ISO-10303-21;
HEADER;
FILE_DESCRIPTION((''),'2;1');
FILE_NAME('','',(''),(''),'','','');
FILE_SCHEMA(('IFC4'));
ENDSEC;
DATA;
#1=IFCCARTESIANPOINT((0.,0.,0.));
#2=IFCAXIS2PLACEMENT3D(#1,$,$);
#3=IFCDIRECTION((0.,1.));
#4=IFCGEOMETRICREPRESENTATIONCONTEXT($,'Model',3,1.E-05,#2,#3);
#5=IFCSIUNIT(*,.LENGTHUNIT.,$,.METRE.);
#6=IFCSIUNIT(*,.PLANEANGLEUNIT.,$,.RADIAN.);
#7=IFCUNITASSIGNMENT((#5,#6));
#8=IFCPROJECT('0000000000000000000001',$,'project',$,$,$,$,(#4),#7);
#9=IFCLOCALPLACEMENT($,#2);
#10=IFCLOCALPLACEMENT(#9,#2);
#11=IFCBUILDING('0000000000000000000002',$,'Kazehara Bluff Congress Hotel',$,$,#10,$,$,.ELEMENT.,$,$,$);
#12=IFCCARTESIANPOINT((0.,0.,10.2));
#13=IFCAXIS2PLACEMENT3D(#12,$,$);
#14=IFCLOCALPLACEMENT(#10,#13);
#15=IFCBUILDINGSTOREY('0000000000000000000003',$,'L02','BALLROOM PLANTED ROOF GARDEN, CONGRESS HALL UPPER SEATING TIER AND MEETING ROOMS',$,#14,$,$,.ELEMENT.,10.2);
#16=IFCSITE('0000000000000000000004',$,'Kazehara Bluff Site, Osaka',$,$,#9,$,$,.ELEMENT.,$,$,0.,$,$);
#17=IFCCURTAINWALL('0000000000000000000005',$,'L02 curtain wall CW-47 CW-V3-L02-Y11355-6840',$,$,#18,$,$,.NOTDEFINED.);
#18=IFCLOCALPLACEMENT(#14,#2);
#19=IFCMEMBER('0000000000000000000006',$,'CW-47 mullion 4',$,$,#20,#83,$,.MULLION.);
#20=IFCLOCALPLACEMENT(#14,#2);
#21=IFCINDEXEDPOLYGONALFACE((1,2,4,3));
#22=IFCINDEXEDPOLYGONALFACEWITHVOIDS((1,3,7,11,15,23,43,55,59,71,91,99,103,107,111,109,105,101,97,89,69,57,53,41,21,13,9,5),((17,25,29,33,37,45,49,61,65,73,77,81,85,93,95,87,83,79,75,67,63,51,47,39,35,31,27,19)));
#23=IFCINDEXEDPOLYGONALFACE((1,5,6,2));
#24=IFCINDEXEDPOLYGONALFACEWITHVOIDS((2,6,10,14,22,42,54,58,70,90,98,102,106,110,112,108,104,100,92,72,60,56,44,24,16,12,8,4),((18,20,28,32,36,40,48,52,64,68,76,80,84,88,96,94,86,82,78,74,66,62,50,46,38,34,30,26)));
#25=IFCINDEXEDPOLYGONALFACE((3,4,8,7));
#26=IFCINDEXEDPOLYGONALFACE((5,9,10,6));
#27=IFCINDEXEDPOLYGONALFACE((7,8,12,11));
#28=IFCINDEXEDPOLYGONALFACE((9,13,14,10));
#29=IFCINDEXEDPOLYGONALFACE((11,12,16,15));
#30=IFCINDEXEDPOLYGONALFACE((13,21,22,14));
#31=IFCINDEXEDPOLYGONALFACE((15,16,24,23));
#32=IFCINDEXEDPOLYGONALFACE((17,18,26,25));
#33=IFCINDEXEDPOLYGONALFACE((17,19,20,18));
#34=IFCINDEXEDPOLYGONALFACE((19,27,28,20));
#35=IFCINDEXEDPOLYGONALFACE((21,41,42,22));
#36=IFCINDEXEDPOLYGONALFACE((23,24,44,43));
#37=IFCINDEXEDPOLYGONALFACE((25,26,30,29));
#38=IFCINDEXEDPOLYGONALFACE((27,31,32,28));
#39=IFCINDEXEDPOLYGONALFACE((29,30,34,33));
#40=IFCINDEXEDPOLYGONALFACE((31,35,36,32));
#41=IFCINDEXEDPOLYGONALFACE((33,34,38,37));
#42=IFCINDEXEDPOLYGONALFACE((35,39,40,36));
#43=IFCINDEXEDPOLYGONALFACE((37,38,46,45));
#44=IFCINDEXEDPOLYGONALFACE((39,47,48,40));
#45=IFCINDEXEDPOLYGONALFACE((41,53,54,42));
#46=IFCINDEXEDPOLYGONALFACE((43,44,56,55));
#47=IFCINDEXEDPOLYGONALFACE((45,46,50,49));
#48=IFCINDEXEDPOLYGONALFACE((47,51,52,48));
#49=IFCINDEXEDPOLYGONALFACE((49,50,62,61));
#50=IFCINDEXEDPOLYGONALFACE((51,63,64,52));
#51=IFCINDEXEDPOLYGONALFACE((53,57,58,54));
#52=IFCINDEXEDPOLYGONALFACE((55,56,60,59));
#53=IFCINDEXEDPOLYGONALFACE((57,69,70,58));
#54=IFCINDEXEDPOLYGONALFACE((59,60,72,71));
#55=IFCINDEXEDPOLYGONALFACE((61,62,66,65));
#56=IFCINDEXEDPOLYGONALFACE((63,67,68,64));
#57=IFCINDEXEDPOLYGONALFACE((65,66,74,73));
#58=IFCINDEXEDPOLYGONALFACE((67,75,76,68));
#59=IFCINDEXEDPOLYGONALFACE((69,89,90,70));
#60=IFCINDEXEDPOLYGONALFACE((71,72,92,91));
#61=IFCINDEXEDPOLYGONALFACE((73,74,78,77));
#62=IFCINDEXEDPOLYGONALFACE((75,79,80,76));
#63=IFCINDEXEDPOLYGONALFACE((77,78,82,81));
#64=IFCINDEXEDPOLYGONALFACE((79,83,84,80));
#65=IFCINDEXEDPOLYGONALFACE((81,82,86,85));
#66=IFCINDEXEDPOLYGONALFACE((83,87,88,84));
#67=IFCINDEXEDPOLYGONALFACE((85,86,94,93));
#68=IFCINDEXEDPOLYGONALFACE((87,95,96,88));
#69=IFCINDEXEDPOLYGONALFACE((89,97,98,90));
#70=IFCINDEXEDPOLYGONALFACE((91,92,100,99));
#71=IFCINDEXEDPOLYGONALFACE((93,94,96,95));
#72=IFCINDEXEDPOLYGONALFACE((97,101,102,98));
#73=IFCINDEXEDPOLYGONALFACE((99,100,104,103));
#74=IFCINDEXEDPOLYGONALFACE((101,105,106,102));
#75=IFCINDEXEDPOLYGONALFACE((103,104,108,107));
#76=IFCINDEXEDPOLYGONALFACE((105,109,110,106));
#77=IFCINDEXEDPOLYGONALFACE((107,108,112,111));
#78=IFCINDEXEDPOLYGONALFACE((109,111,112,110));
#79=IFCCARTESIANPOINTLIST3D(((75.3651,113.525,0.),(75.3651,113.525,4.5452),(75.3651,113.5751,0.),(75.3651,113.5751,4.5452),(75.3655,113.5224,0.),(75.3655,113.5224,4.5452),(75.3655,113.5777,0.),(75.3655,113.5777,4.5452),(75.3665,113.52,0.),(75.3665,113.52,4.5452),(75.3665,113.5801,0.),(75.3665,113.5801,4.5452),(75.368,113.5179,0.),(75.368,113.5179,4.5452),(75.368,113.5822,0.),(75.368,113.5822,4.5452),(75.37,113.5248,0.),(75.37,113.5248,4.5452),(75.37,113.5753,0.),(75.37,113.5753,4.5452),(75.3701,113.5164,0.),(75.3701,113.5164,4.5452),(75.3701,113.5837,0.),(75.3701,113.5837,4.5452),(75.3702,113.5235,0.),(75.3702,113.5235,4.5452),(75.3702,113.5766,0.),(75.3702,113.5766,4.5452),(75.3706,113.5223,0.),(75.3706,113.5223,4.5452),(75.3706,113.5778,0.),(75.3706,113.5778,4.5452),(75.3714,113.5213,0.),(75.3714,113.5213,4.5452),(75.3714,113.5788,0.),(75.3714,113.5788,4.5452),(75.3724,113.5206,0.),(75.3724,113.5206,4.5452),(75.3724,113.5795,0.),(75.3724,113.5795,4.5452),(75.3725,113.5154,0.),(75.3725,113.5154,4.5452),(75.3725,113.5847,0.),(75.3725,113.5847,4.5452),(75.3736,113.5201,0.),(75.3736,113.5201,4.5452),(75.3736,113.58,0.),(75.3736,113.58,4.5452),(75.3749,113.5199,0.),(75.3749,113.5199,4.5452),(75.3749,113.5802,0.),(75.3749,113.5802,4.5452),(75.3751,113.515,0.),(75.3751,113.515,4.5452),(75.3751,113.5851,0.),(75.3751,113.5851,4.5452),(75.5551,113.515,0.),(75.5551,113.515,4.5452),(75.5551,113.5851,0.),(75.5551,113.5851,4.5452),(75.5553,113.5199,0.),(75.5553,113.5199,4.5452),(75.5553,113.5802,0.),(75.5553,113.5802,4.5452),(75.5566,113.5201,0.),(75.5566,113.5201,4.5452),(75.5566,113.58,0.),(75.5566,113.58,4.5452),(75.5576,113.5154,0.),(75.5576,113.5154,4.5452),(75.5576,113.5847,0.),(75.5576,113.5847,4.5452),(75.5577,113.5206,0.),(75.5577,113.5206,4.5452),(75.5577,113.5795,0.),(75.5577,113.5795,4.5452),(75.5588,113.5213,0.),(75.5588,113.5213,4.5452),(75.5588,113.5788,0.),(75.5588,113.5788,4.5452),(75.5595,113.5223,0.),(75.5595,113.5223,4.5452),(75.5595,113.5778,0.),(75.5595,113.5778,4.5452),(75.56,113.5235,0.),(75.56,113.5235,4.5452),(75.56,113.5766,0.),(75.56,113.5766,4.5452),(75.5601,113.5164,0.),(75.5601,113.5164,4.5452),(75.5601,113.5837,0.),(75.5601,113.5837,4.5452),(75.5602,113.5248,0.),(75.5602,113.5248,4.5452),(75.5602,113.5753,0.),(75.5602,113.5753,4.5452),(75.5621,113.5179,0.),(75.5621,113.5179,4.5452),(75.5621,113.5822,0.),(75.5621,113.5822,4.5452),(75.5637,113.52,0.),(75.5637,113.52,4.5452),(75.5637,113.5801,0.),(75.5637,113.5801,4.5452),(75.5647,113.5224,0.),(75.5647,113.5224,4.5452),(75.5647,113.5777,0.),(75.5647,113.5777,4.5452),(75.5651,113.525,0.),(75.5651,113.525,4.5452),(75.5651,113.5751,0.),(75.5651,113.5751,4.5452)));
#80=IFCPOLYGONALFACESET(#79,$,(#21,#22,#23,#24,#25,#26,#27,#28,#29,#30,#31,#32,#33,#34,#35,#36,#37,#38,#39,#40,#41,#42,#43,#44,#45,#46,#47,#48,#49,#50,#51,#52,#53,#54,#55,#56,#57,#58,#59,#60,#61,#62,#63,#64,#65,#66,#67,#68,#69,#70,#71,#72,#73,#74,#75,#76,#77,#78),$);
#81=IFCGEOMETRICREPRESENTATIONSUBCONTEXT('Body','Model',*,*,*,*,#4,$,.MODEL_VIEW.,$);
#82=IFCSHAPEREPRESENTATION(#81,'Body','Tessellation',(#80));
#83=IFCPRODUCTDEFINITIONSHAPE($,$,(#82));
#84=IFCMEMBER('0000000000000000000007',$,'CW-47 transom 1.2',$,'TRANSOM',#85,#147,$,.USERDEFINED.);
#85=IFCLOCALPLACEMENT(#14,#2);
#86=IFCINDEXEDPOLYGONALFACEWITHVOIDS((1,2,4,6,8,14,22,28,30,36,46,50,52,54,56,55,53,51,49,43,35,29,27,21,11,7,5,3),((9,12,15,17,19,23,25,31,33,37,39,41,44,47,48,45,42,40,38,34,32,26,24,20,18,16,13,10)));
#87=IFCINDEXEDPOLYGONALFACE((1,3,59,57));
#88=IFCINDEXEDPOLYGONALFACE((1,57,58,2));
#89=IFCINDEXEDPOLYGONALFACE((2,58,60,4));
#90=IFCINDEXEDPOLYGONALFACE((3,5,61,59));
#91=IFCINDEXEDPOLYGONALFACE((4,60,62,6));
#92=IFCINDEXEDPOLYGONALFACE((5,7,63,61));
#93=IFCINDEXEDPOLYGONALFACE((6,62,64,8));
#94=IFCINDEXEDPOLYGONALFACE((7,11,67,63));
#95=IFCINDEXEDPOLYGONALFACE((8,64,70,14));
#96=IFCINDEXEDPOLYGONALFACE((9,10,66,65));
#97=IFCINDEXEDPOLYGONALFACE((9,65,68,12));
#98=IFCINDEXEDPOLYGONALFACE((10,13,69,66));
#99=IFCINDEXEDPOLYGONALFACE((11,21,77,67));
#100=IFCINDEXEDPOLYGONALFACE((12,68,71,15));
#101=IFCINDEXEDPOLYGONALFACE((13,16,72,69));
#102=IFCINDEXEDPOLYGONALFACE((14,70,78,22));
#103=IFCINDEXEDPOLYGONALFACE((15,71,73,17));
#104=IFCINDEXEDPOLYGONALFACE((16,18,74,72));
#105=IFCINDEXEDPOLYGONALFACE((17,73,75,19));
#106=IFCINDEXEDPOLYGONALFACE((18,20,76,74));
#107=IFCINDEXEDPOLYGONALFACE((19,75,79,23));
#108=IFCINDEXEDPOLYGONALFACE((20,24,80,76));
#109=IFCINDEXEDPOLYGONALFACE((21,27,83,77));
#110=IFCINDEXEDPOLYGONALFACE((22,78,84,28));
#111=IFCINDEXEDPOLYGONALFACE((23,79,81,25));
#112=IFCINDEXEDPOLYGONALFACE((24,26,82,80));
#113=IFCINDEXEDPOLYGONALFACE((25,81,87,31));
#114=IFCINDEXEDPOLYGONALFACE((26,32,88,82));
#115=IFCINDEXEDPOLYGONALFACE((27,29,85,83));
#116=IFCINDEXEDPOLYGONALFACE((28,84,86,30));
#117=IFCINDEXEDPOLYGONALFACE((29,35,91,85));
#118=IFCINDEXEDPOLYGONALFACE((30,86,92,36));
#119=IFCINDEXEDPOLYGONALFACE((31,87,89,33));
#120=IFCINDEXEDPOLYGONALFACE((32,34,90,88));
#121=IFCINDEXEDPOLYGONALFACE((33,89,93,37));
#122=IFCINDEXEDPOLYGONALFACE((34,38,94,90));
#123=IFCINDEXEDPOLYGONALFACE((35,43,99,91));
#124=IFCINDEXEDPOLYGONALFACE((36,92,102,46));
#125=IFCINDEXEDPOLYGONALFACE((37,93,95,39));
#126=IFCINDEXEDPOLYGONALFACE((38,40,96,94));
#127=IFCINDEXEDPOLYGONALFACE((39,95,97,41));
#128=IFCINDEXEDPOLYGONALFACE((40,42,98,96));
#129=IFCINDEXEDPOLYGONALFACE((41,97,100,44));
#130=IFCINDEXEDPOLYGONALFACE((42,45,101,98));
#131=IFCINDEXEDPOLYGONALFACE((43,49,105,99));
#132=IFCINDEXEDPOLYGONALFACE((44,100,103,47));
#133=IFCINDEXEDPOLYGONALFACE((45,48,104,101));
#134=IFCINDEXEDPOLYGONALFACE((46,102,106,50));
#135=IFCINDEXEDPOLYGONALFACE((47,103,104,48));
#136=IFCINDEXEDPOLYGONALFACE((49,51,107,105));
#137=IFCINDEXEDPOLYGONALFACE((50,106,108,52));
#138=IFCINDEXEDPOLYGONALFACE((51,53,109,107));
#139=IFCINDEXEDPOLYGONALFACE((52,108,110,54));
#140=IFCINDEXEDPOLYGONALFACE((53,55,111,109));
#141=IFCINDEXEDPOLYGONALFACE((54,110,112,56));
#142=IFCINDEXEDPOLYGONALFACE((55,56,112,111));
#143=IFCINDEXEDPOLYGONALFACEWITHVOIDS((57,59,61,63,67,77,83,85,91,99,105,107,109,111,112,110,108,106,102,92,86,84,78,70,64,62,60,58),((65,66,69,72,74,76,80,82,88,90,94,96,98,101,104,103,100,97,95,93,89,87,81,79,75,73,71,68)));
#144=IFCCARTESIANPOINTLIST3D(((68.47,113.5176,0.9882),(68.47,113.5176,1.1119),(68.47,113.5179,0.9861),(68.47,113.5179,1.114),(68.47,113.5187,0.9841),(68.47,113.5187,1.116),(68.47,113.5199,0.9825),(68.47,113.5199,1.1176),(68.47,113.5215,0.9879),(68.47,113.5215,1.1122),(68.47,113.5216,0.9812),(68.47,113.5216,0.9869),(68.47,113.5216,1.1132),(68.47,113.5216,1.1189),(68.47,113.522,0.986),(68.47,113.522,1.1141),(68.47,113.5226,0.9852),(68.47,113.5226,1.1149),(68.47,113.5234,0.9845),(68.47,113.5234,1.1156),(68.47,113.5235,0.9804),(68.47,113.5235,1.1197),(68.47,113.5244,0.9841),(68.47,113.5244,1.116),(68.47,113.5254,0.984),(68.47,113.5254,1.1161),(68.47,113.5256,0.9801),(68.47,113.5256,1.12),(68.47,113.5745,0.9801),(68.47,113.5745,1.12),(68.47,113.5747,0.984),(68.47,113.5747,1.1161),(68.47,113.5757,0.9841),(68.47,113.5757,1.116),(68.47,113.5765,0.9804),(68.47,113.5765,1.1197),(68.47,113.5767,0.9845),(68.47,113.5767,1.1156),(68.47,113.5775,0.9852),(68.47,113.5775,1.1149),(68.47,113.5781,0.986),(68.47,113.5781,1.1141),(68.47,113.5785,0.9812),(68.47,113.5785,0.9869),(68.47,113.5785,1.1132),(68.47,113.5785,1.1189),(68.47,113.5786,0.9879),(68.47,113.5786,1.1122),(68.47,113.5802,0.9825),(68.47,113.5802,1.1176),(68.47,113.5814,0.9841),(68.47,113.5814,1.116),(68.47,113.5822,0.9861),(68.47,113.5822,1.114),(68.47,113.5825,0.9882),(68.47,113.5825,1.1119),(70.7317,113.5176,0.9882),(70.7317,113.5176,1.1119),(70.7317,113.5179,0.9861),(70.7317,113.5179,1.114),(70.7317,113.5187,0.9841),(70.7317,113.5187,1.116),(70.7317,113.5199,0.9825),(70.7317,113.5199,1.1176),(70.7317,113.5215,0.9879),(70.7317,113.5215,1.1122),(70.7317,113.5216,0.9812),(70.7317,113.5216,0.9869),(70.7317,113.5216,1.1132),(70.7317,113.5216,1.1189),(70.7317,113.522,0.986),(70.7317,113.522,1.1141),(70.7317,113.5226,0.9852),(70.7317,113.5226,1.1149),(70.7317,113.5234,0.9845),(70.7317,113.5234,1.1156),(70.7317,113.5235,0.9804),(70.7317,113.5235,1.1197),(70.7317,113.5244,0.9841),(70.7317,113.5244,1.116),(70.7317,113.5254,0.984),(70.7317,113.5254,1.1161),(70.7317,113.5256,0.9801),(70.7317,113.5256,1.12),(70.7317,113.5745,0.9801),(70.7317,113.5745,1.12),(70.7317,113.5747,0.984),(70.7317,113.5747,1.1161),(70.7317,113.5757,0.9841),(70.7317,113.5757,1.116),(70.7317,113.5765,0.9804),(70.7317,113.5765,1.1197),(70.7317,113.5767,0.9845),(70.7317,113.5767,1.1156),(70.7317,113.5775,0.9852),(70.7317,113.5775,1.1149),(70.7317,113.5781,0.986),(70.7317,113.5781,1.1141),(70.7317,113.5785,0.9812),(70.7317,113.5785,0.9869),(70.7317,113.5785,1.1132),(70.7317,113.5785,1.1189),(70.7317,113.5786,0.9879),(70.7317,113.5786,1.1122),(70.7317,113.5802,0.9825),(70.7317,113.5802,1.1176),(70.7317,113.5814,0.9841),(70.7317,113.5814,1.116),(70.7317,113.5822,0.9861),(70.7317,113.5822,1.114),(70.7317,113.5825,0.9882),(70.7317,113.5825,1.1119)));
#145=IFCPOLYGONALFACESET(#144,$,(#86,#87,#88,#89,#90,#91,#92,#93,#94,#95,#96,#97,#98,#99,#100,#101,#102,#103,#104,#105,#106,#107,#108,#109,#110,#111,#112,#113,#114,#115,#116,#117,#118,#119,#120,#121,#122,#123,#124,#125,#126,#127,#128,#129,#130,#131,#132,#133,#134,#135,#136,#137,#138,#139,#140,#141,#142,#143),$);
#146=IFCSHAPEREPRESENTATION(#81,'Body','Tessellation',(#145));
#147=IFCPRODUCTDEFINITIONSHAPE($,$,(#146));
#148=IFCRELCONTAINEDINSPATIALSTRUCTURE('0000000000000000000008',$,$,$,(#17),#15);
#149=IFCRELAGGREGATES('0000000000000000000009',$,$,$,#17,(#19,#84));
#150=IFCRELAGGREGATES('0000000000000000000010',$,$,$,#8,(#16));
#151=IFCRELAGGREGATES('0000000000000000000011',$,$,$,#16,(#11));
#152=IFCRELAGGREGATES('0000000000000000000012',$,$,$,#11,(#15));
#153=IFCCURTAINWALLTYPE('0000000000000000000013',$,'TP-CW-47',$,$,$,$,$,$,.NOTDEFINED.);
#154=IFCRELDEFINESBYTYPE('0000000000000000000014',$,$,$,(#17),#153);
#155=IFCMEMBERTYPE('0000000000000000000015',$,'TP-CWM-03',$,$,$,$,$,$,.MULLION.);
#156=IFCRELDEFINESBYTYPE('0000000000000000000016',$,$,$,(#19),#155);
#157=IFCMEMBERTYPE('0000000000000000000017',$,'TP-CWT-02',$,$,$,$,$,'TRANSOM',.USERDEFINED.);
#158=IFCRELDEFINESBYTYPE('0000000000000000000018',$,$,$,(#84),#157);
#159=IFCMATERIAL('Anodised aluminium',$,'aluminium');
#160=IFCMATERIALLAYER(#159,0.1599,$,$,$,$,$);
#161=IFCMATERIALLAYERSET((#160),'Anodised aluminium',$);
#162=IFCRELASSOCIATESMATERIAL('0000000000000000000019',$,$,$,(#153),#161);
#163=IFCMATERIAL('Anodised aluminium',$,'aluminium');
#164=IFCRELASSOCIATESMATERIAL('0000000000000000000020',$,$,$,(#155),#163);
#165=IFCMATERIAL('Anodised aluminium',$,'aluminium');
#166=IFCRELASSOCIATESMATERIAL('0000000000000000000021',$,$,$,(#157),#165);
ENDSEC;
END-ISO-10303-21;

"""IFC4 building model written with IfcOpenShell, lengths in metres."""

from ifc_helpers import new_model, si_unit, direction, frame, origin, origin_2d, place, context, subcontext, project, spatial, hollow_rectangle, extrude, material, layer, layer_set, material_profile, profile_set, type_object, element, aggregate, save


model = new_model("IFC4")

# Units and contexts
model_context = context("Model", 3, precision=1e-05, world=origin(), true_north=direction((0.0, 1.0)))
body_context = subcontext(model_context, "Body", "Model", "MODEL_VIEW")
ifc_project = project(units=[si_unit("LENGTHUNIT", "METRE"), si_unit("PLANEANGLEUNIT", "RADIAN")], contexts=[model_context])

# Site, building, storey
site_placement = place(None, origin())
site = spatial("IfcSite", under=ifc_project, at=site_placement, Name="Kazehara Bluff Site, Osaka", CompositionType="ELEMENT", RefElevation=0.0)
building_placement = place(site_placement, origin())
building = spatial("IfcBuilding", under=site, at=building_placement, Name="Kazehara Bluff Congress Hotel", CompositionType="ELEMENT")
storey_placement = place(building_placement, frame((0.0, 0.0, 10.2)))
storey = spatial("IfcBuildingStorey", under=building, at=storey_placement, Name="L02", Description="BALLROOM PLANTED ROOF GARDEN, CONGRESS HALL UPPER SEATING TIER AND MEETING ROOMS", CompositionType="ELEMENT", Elevation=10.2)

# Curtain wall, members
ifc_material_1 = material(Name="Anodised aluminium", Category="aluminium")
ifc_layer_1 = layer(ifc_material_1, 0.1599)
ifc_layer_set_1 = layer_set([ifc_layer_1], Name="Anodised aluminium")
curtain_wall_type = type_object("IfcCurtainWallType", Name="TP-CW-47", PredefinedType="NOTDEFINED", material=ifc_layer_set_1)
curtain_wall_placement = place(storey_placement, origin())
curtain_wall = element("IfcCurtainWall", 1, at=curtain_wall_placement, inside=storey, type_object=curtain_wall_type, Name="L02 curtain wall CW-47 CW-V3-L02-Y11355-6840", PredefinedType="NOTDEFINED")
ifc_material_2 = material(Name="Anodised aluminium", Category="aluminium")
ifc_material_profile_1 = material_profile(ifc_material_2, hollow_rectangle(XDim=0.0701, YDim=0.2, WallThickness=0.0049, InnerFilletRadius=0.0049, OuterFilletRadius=0.01, at=origin_2d()))
ifc_profile_set_1 = profile_set([ifc_material_profile_1], Name="Anodised aluminium")
member_type_1 = type_object("IfcMemberType", Name="TP-CWM-03", PredefinedType="MULLION", material=ifc_profile_set_1)
member_1_placement = place(storey_placement, frame((75.4651, 113.55, 0.0), z_axis=(0.0, 0.0, 1.0), x_axis=(0.0, 1.0, 0.0)))
member_1 = element("IfcMember", 2, at=member_1_placement, type_object=member_type_1, Name="CW-47 mullion 4", PredefinedType="MULLION", context=body_context, shape_type="SweptSolid", body=[
    extrude(hollow_rectangle(XDim=0.0701, YDim=0.2, WallThickness=0.0049, InnerFilletRadius=0.0049, OuterFilletRadius=0.01, at=origin_2d()), origin(), (0.0, 0.0, 1.0), 4.5452),
])
ifc_material_3 = material(Name="Anodised aluminium", Category="aluminium")
ifc_material_profile_2 = material_profile(ifc_material_3, hollow_rectangle(XDim=0.0649, YDim=0.1399, WallThickness=0.0039, InnerFilletRadius=0.0039, OuterFilletRadius=0.0081, at=origin_2d()))
ifc_profile_set_2 = profile_set([ifc_material_profile_2], Name="Anodised aluminium")
member_type_2 = type_object("IfcMemberType", Name="TP-CWT-02", ElementType="TRANSOM", PredefinedType="USERDEFINED", material=ifc_profile_set_2)
member_2_placement = place(storey_placement, frame((68.47, 113.55, 1.05), z_axis=(1.0, 0.0, 0.0), x_axis=(0.0, 1.0, 0.0)))
member_2 = element("IfcMember", 3, at=member_2_placement, type_object=member_type_2, Name="CW-47 transom 1.2", ObjectType="TRANSOM", PredefinedType="USERDEFINED", context=body_context, shape_type="SweptSolid", body=[
    extrude(hollow_rectangle(XDim=0.0649, YDim=0.1399, WallThickness=0.0039, InnerFilletRadius=0.0039, OuterFilletRadius=0.0081, at=origin_2d()), origin(), (0.0, 0.0, 1.0), 2.2617),
])
aggregate(curtain_wall, [member_1, member_2])

save(model, "model.ifc")
